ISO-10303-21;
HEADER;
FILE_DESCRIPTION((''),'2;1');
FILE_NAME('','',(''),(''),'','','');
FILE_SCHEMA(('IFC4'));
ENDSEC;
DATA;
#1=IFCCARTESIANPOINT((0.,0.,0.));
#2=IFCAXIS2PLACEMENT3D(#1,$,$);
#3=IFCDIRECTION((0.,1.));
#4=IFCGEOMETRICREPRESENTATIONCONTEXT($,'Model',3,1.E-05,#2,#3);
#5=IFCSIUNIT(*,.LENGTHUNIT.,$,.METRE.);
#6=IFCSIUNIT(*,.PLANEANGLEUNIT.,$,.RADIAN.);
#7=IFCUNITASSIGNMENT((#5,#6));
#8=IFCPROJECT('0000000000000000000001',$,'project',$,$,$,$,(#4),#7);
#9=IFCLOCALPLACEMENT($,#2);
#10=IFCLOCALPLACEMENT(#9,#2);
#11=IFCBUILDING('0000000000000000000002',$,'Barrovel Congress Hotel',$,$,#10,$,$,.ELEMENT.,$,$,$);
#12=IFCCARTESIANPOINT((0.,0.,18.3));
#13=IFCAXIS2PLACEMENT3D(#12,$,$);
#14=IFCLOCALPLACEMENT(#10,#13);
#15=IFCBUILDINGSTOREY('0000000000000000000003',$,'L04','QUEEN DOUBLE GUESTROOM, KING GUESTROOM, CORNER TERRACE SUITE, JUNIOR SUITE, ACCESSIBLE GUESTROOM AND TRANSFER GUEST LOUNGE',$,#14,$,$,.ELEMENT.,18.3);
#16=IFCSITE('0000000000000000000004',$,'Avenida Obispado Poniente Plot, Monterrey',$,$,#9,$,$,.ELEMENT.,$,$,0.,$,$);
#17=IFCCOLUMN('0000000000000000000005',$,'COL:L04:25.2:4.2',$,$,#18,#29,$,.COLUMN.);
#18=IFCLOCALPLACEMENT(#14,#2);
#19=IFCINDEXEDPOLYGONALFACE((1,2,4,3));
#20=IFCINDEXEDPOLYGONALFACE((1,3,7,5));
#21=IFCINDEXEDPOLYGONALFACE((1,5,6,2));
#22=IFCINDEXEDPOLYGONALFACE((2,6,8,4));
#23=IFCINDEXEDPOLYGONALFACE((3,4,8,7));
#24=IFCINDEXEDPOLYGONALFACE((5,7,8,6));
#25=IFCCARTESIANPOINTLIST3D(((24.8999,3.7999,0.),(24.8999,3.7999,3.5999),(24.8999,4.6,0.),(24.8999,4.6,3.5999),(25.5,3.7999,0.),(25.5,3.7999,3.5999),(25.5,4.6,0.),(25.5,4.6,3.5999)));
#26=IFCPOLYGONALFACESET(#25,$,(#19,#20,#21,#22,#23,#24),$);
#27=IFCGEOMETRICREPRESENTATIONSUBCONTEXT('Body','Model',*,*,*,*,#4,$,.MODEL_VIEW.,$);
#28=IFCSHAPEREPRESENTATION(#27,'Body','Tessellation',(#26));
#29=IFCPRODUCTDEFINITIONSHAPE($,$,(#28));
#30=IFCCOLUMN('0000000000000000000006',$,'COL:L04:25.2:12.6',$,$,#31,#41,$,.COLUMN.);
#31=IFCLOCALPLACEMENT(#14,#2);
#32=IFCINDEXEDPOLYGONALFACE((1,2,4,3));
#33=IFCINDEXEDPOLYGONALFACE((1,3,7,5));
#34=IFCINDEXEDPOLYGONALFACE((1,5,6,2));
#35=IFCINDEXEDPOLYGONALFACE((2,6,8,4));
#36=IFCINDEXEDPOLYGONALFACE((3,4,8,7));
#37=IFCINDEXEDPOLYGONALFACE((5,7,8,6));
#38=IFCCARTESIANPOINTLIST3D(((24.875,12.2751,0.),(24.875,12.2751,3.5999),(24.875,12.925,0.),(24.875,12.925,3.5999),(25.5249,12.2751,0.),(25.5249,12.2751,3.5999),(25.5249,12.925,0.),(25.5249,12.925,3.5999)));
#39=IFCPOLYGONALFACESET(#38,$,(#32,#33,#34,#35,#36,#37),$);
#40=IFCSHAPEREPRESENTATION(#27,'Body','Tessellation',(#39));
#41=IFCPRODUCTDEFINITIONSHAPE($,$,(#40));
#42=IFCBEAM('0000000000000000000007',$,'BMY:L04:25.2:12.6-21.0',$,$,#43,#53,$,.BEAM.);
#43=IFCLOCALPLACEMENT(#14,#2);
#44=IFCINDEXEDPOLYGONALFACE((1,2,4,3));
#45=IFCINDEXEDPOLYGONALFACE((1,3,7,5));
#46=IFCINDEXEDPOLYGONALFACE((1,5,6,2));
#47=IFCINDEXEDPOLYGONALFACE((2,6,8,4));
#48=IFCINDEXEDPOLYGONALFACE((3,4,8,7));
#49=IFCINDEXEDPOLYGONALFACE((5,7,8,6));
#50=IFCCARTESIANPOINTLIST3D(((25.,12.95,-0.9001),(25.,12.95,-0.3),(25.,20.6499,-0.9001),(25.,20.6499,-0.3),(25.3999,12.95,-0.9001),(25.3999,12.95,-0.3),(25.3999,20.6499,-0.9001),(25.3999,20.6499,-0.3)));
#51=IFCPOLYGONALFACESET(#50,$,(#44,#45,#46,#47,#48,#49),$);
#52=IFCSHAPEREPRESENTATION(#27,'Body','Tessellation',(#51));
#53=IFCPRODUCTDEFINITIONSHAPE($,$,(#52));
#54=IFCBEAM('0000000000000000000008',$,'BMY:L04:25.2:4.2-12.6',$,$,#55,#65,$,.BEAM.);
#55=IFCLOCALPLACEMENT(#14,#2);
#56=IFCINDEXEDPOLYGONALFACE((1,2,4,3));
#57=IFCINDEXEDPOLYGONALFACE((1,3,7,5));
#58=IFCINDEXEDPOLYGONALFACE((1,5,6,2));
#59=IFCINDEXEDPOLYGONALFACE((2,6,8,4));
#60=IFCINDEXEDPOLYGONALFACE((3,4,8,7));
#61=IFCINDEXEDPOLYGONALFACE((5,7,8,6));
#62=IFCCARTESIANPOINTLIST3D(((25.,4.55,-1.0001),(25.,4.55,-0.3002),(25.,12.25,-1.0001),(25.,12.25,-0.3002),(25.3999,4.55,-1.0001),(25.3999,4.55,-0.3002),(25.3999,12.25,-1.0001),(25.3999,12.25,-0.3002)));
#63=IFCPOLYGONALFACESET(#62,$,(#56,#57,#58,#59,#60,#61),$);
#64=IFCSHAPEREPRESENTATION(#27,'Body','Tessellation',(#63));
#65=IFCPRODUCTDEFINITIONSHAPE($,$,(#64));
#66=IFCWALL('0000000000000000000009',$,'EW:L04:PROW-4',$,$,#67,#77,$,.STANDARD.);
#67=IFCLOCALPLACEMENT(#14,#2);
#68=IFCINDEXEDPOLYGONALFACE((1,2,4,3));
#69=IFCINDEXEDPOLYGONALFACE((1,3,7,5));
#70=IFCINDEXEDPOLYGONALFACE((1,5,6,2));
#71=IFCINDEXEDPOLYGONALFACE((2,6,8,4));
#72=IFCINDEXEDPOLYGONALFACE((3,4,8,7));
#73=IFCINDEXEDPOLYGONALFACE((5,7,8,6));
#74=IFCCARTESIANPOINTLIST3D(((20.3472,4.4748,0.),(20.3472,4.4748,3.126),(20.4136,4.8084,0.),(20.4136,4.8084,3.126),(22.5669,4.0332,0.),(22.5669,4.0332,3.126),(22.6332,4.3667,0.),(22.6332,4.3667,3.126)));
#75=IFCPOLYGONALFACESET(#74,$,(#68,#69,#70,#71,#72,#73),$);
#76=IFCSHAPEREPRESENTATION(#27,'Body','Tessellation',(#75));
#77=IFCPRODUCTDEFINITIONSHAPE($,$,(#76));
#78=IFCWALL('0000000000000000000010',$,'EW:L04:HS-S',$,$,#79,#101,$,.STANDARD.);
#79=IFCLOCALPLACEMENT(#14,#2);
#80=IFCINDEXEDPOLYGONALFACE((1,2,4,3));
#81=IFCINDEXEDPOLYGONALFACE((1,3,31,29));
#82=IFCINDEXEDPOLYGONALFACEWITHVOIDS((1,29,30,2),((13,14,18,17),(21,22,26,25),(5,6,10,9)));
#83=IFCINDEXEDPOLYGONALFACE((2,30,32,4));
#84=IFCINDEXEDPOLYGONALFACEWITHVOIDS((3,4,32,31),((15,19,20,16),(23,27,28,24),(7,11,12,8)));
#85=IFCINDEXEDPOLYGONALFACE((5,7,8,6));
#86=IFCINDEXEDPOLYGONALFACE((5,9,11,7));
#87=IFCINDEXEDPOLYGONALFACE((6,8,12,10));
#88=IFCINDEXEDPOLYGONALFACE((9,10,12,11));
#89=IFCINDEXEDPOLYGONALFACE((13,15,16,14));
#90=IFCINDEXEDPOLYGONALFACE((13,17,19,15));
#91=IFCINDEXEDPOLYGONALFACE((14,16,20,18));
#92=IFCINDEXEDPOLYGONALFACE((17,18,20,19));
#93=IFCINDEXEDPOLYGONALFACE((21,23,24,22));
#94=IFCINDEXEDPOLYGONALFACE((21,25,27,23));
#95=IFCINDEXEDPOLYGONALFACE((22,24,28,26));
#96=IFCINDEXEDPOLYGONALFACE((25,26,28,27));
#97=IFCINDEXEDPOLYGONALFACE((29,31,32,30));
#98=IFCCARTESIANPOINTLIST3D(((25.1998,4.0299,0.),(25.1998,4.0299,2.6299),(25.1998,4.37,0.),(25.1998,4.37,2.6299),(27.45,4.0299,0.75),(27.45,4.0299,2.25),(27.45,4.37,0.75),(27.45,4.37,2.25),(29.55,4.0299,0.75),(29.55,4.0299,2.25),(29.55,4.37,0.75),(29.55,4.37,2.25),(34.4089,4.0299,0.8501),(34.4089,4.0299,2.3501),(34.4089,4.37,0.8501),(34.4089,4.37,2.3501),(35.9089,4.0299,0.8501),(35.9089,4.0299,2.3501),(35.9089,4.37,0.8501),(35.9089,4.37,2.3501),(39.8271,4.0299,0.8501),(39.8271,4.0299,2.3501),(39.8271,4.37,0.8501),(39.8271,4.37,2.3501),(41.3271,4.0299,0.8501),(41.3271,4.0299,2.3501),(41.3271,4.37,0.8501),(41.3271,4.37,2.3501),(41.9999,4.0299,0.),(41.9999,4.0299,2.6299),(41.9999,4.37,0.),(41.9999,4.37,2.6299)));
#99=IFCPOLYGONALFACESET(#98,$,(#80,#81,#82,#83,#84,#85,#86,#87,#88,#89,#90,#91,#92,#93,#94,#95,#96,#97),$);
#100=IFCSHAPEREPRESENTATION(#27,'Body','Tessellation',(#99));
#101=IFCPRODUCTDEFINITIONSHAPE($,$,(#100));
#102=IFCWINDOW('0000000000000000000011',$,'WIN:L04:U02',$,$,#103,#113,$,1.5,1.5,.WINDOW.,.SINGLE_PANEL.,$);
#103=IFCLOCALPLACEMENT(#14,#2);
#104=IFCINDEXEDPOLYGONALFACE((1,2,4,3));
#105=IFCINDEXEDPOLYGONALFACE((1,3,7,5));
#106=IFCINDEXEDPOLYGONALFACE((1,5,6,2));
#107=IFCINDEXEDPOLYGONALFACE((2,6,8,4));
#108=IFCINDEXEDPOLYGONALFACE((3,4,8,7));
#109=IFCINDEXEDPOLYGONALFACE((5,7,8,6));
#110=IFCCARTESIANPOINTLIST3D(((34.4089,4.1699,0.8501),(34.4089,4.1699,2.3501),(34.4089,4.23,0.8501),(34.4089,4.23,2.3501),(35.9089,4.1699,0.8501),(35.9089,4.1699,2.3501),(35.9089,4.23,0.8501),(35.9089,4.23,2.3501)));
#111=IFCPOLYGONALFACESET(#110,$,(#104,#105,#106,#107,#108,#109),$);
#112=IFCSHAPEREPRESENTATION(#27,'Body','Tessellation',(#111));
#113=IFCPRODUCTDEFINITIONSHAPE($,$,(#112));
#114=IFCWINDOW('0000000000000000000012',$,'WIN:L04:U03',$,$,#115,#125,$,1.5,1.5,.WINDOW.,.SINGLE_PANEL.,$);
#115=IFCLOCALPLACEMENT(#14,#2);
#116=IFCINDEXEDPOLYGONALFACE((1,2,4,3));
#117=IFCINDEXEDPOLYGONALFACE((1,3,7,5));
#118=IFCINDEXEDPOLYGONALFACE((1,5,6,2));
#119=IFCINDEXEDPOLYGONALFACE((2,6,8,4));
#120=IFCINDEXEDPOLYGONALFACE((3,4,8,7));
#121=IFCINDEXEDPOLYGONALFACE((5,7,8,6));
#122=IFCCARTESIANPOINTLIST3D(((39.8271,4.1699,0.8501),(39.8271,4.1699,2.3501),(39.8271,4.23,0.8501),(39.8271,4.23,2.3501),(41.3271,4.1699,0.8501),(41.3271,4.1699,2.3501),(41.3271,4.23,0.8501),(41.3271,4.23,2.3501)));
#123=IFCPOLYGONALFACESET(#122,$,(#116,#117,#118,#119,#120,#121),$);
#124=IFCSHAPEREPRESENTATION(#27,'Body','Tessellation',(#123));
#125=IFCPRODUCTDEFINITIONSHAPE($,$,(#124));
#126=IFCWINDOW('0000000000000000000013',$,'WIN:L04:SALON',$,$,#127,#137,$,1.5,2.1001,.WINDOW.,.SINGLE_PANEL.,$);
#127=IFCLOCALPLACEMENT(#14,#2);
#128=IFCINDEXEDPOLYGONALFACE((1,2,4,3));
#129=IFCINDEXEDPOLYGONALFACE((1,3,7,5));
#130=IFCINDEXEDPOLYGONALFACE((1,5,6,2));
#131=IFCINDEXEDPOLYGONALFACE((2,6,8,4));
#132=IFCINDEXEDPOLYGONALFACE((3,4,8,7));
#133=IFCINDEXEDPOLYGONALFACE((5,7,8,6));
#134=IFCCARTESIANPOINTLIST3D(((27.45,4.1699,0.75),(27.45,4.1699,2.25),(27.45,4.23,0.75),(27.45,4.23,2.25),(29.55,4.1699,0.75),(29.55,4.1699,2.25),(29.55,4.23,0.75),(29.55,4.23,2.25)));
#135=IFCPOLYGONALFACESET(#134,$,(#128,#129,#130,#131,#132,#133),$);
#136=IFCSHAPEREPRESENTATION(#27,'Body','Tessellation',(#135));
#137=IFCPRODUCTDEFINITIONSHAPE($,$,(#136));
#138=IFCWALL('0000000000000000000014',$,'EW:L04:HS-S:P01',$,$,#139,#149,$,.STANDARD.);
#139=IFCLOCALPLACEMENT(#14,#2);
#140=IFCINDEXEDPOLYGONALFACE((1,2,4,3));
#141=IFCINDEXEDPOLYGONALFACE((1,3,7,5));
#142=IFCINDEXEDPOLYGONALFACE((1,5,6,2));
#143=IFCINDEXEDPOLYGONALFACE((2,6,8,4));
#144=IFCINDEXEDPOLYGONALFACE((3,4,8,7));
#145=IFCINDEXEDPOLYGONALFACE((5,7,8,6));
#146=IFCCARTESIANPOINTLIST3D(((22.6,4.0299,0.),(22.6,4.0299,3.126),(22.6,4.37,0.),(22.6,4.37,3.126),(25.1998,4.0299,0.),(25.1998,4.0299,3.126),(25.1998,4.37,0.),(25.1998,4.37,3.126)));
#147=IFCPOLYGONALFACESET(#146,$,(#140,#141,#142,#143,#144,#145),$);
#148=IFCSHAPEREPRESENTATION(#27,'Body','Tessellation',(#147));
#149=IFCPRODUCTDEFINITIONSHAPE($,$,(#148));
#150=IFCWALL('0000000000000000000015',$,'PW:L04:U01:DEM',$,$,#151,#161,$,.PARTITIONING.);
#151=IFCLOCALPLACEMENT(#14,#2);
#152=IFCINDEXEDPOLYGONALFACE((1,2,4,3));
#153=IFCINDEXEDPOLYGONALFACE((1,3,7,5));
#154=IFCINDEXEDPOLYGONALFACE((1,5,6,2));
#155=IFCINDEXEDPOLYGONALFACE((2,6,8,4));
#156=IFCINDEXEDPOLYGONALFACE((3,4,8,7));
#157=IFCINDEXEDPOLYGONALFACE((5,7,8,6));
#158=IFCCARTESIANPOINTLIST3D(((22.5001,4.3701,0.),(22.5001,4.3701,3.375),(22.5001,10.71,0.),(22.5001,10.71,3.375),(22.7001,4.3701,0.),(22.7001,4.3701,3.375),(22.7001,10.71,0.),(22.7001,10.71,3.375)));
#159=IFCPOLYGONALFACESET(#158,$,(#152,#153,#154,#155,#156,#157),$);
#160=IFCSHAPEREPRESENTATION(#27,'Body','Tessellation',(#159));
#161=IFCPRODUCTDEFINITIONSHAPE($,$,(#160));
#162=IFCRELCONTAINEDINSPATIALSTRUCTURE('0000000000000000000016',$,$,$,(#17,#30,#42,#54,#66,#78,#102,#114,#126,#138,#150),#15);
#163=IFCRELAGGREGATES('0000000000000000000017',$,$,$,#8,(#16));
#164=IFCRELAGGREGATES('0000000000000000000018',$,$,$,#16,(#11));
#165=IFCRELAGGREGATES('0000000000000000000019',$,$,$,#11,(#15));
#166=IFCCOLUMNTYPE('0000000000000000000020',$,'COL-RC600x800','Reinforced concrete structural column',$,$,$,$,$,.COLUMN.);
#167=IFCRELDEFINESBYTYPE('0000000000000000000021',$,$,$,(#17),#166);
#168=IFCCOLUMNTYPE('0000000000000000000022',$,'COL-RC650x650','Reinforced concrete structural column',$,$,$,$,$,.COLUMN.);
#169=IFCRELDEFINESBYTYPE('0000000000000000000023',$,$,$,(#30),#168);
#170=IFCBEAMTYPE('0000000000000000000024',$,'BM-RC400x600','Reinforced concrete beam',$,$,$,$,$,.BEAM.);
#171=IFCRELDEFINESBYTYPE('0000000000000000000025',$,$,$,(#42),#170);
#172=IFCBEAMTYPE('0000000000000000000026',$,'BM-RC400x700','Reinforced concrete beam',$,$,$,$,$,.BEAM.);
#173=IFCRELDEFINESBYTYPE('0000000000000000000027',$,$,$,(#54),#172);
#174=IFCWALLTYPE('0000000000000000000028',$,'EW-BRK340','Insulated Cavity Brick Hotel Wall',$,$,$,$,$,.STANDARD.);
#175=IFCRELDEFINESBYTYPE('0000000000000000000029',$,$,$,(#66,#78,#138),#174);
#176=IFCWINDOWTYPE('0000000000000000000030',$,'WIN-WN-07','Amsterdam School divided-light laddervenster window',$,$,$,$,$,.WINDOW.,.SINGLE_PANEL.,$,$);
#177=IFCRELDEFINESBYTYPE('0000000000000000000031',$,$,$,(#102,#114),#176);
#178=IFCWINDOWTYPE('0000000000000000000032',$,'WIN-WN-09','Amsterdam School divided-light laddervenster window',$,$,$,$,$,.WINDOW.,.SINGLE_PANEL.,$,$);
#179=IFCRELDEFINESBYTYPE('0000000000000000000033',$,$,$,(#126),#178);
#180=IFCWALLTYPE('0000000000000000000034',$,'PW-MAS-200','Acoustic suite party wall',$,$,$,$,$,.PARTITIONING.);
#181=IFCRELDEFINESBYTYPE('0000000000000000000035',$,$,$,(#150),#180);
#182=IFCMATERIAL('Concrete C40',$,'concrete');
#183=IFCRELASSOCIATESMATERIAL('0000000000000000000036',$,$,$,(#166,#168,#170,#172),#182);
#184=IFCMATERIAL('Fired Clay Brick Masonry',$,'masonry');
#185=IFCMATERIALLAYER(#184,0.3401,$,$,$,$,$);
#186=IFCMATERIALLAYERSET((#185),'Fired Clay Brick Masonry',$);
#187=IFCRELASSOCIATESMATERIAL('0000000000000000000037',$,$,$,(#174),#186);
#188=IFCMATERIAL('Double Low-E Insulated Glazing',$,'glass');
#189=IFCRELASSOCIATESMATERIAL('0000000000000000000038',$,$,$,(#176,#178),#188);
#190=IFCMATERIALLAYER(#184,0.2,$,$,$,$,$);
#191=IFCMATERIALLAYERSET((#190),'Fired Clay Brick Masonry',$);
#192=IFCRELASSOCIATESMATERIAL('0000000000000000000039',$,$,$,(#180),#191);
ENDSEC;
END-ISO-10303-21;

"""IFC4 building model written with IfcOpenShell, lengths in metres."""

from ifc_helpers import new_model, si_unit, direction, frame, frame_2d, origin, origin_2d, place, context, subcontext, project, spatial, rectangle, extrude, material, layer, layer_set, material_profile, profile_set, type_object, element, fill, save


model = new_model("IFC4")

# Units and contexts
model_context = context("Model", 3, precision=1e-05, world=origin(), true_north=direction((0.0, 1.0)))
body_context = subcontext(model_context, "Body", "Model", "MODEL_VIEW")
ifc_project = project(units=[si_unit("LENGTHUNIT", "METRE"), si_unit("PLANEANGLEUNIT", "RADIAN")], contexts=[model_context])

# Site, building, storey
site_placement = place(None, origin())
site = spatial("IfcSite", under=ifc_project, at=site_placement, Name="Avenida Obispado Poniente Plot, Monterrey", CompositionType="ELEMENT", RefElevation=0.0)
building_placement = place(site_placement, origin())
building = spatial("IfcBuilding", under=site, at=building_placement, Name="Barrovel Congress Hotel", CompositionType="ELEMENT")
storey_placement = place(building_placement, frame((0.0, 0.0, 18.3)))
storey = spatial("IfcBuildingStorey", under=building, at=storey_placement, Name="L04", Description="QUEEN DOUBLE GUESTROOM, KING GUESTROOM, CORNER TERRACE SUITE, JUNIOR SUITE, ACCESSIBLE GUESTROOM AND TRANSFER GUEST LOUNGE", CompositionType="ELEMENT", Elevation=18.3)

# Columns
ifc_material_1 = material(Name="Concrete C40", Category="concrete")
ifc_material_profile_1 = material_profile(ifc_material_1, rectangle(XDim=0.6001, YDim=0.8, at=origin_2d()), Name="RC600x800")
ifc_profile_set_1 = profile_set([ifc_material_profile_1], Name="Concrete C40")
column_type_1 = type_object("IfcColumnType", Name="COL-RC600x800", Description="Reinforced concrete structural column", PredefinedType="COLUMN", material=ifc_profile_set_1)
column_1_placement = place(storey_placement, frame((25.2, 4.2, 0.0), z_axis=(0.0, 0.0, 1.0), x_axis=(1.0, 0.0, 0.0)))
element("IfcColumn", 1, at=column_1_placement, inside=storey, type_object=column_type_1, Name="COL:L04:25.2:4.2", PredefinedType="COLUMN", context=body_context, shape_type="SweptSolid", body=[
    extrude(rectangle(XDim=0.6001, YDim=0.8, at=origin_2d()), origin(), (0.0, 0.0, 1.0), 3.5999),
])
ifc_material_profile_2 = material_profile(ifc_material_1, rectangle(XDim=0.6499, YDim=0.6499, at=origin_2d()), Name="RC650x650")
ifc_profile_set_2 = profile_set([ifc_material_profile_2], Name="Concrete C40")
column_type_2 = type_object("IfcColumnType", Name="COL-RC650x650", Description="Reinforced concrete structural column", PredefinedType="COLUMN", material=ifc_profile_set_2)
column_2_placement = place(storey_placement, frame((25.2, 12.6001, 0.0), z_axis=(0.0, 0.0, 1.0), x_axis=(1.0, 0.0, 0.0)))
element("IfcColumn", 2, at=column_2_placement, inside=storey, type_object=column_type_2, Name="COL:L04:25.2:12.6", PredefinedType="COLUMN", context=body_context, shape_type="SweptSolid", body=[
    extrude(rectangle(XDim=0.6499, YDim=0.6499, at=origin_2d()), origin(), (0.0, 0.0, 1.0), 3.5999),
])

# Beams
ifc_material_profile_3 = material_profile(ifc_material_1, rectangle(XDim=0.3999, YDim=0.6001, at=origin_2d()), Name="RC400x600")
ifc_profile_set_3 = profile_set([ifc_material_profile_3], Name="Concrete C40")
beam_type_1 = type_object("IfcBeamType", Name="BM-RC400x600", Description="Reinforced concrete beam", PredefinedType="BEAM", material=ifc_profile_set_3)
beam_1_placement = place(storey_placement, frame((25.2, 12.95, -0.6001), z_axis=(0.0, 1.0, 0.0), x_axis=(-1.0, 0.0, 0.0)))
element("IfcBeam", 3, at=beam_1_placement, inside=storey, type_object=beam_type_1, Name="BMY:L04:25.2:12.6-21.0", PredefinedType="BEAM", context=body_context, shape_type="SweptSolid", body=[
    extrude(rectangle(XDim=0.3999, YDim=0.6001, at=origin_2d()), origin(), (0.0, 0.0, 1.0), 7.7),
])
ifc_material_profile_4 = material_profile(ifc_material_1, rectangle(XDim=0.3999, YDim=0.7, at=origin_2d()), Name="RC400x700")
ifc_profile_set_4 = profile_set([ifc_material_profile_4], Name="Concrete C40")
beam_type_2 = type_object("IfcBeamType", Name="BM-RC400x700", Description="Reinforced concrete beam", PredefinedType="BEAM", material=ifc_profile_set_4)
beam_2_placement = place(storey_placement, frame((25.2, 4.55, -0.6501), z_axis=(0.0, 1.0, 0.0), x_axis=(-1.0, 0.0, 0.0)))
element("IfcBeam", 4, at=beam_2_placement, inside=storey, type_object=beam_type_2, Name="BMY:L04:25.2:4.2-12.6", PredefinedType="BEAM", context=body_context, shape_type="SweptSolid", body=[
    extrude(rectangle(XDim=0.3999, YDim=0.7, at=origin_2d()), origin(), (0.0, 0.0, 1.0), 7.7),
])

# Wall
ifc_material_2 = material(Name="Fired Clay Brick Masonry", Category="masonry")
ifc_layer_1 = layer(ifc_material_2, 0.3401)
ifc_layer_set_1 = layer_set([ifc_layer_1], Name="Fired Clay Brick Masonry")
wall_type_1 = type_object("IfcWallType", Name="EW-BRK340", Description="Insulated Cavity Brick Hotel Wall", PredefinedType="STANDARD", material=ifc_layer_set_1)
wall_1_placement = place(storey_placement, frame((20.3804, 4.6416, 0.0), z_axis=(0.0, 0.0, 1.0), x_axis=(0.980775, -0.195141, 0.0)))
element("IfcWall", 5, at=wall_1_placement, inside=storey, type_object=wall_type_1, Name="EW:L04:PROW-4", PredefinedType="STANDARD", context=body_context, shape_type="SweptSolid", body=[
    extrude(rectangle(XDim=2.2632, YDim=0.3401, at=frame_2d((1.1316, 0.0))), origin(), (0.0, 0.0, 1.0), 3.126),
])

# Wall, openings, windows
wall_2_placement = place(storey_placement, frame((25.2, 4.2, 0.0), z_axis=(0.0, 0.0, 1.0), x_axis=(1.0, 0.0, 0.0)))
wall_2 = element("IfcWall", 6, at=wall_2_placement, inside=storey, type_object=wall_type_1, Name="EW:L04:HS-S", PredefinedType="STANDARD", context=body_context, shape_type="SweptSolid", body=[
    extrude(rectangle(XDim=16.8, YDim=0.3401, at=frame_2d((8.3999, 0.0))), origin(), (0.0, 0.0, 1.0), 2.6299),
])
opening_1_placement = place(wall_2_placement, frame((9.209, 0.0, 0.8501)))
opening_1 = element("IfcOpeningElement", 7, at=opening_1_placement, cuts=wall_2, PredefinedType="OPENING", context=body_context, shape_type="SweptSolid", body=[
    extrude(rectangle(XDim=1.5, YDim=1.5, at=frame_2d((0.75, 0.75))), frame((0.0, 0.1802, 0.0), z_axis=(0.0, -1.0, 0.0), x_axis=(1.0, 0.0, 0.0)), (0.0, 0.0, 1.0), 0.3601),
])
opening_2_placement = place(wall_2_placement, frame((14.6272, 0.0, 0.8501)))
opening_2 = element("IfcOpeningElement", 8, at=opening_2_placement, cuts=wall_2, PredefinedType="OPENING", context=body_context, shape_type="SweptSolid", body=[
    extrude(rectangle(XDim=1.5, YDim=1.5, at=frame_2d((0.75, 0.75))), frame((0.0, 0.1802, 0.0), z_axis=(0.0, -1.0, 0.0), x_axis=(1.0, 0.0, 0.0)), (0.0, 0.0, 1.0), 0.3601),
])
opening_3_placement = place(wall_2_placement, frame((2.25, 0.0, 0.75)))
opening_3 = element("IfcOpeningElement", 9, at=opening_3_placement, cuts=wall_2, PredefinedType="OPENING", context=body_context, shape_type="SweptSolid", body=[
    extrude(rectangle(XDim=2.1001, YDim=1.5, at=frame_2d((1.05, 0.75))), frame((0.0, 0.1802, 0.0), z_axis=(0.0, -1.0, 0.0), x_axis=(1.0, 0.0, 0.0)), (0.0, 0.0, 1.0), 0.3601),
])
ifc_material_3 = material(Name="Double Low-E Insulated Glazing", Category="glass")
window_type_1 = type_object("IfcWindowType", Name="WIN-WN-07", Description="Amsterdam School divided-light laddervenster window", PartitioningType="SINGLE_PANEL", PredefinedType="WINDOW", material=ifc_material_3)
window_1_placement = place(opening_1_placement, origin())
window_1 = element("IfcWindow", 10, at=window_1_placement, inside=storey, type_object=window_type_1, Name="WIN:L04:U02", OverallHeight=1.5, OverallWidth=1.5, PartitioningType="SINGLE_PANEL", PredefinedType="WINDOW", context=body_context, shape_type="SweptSolid", body=[
    extrude(rectangle(XDim=1.5, YDim=1.5, at=frame_2d((0.75, 0.75))), frame((0.0, 0.03, 0.0), z_axis=(0.0, -1.0, 0.0), x_axis=(1.0, 0.0, 0.0)), (0.0, 0.0, 1.0), 0.0601),
])
fill(opening_1, window_1)
window_2_placement = place(opening_2_placement, origin())
window_2 = element("IfcWindow", 11, at=window_2_placement, inside=storey, type_object=window_type_1, Name="WIN:L04:U03", OverallHeight=1.5, OverallWidth=1.5, PartitioningType="SINGLE_PANEL", PredefinedType="WINDOW", context=body_context, shape_type="SweptSolid", body=[
    extrude(rectangle(XDim=1.5, YDim=1.5, at=frame_2d((0.75, 0.75))), frame((0.0, 0.03, 0.0), z_axis=(0.0, -1.0, 0.0), x_axis=(1.0, 0.0, 0.0)), (0.0, 0.0, 1.0), 0.0601),
])
fill(opening_2, window_2)
window_type_2 = type_object("IfcWindowType", Name="WIN-WN-09", Description="Amsterdam School divided-light laddervenster window", PartitioningType="SINGLE_PANEL", PredefinedType="WINDOW", material=ifc_material_3)
window_3_placement = place(opening_3_placement, origin())
window_3 = element("IfcWindow", 12, at=window_3_placement, inside=storey, type_object=window_type_2, Name="WIN:L04:SALON", OverallHeight=1.5, OverallWidth=2.1001, PartitioningType="SINGLE_PANEL", PredefinedType="WINDOW", context=body_context, shape_type="SweptSolid", body=[
    extrude(rectangle(XDim=2.1001, YDim=1.5, at=frame_2d((1.05, 0.75))), frame((0.0, 0.03, 0.0), z_axis=(0.0, -1.0, 0.0), x_axis=(1.0, 0.0, 0.0)), (0.0, 0.0, 1.0), 0.0601),
])
fill(opening_3, window_3)

# Walls
wall_3_placement = place(storey_placement, frame((22.6001, 4.2, 0.0), z_axis=(0.0, 0.0, 1.0), x_axis=(1.0, 0.0, 0.0)))
element("IfcWall", 13, at=wall_3_placement, inside=storey, type_object=wall_type_1, Name="EW:L04:HS-S:P01", PredefinedType="STANDARD", context=body_context, shape_type="SweptSolid", body=[
    extrude(rectangle(XDim=2.5999, YDim=0.3401, at=frame_2d((1.2998, 0.0))), origin(), (0.0, 0.0, 1.0), 3.126),
])
ifc_layer_2 = layer(ifc_material_2, 0.2)
ifc_layer_set_2 = layer_set([ifc_layer_2], Name="Fired Clay Brick Masonry")
wall_type_2 = type_object("IfcWallType", Name="PW-MAS-200", Description="Acoustic suite party wall", PredefinedType="PARTITIONING", material=ifc_layer_set_2)
wall_4_placement = place(storey_placement, frame((22.6001, 4.3701, 0.0), z_axis=(0.0, 0.0, 1.0), x_axis=(0.0, 1.0, 0.0)))
element("IfcWall", 14, at=wall_4_placement, inside=storey, type_object=wall_type_2, Name="PW:L04:U01:DEM", PredefinedType="PARTITIONING", context=body_context, shape_type="SweptSolid", body=[
    extrude(rectangle(XDim=6.3398, YDim=0.2, at=frame_2d((3.1699, 0.0))), origin(), (0.0, 0.0, 1.0), 3.375),
])

save(model, "model.ifc")
